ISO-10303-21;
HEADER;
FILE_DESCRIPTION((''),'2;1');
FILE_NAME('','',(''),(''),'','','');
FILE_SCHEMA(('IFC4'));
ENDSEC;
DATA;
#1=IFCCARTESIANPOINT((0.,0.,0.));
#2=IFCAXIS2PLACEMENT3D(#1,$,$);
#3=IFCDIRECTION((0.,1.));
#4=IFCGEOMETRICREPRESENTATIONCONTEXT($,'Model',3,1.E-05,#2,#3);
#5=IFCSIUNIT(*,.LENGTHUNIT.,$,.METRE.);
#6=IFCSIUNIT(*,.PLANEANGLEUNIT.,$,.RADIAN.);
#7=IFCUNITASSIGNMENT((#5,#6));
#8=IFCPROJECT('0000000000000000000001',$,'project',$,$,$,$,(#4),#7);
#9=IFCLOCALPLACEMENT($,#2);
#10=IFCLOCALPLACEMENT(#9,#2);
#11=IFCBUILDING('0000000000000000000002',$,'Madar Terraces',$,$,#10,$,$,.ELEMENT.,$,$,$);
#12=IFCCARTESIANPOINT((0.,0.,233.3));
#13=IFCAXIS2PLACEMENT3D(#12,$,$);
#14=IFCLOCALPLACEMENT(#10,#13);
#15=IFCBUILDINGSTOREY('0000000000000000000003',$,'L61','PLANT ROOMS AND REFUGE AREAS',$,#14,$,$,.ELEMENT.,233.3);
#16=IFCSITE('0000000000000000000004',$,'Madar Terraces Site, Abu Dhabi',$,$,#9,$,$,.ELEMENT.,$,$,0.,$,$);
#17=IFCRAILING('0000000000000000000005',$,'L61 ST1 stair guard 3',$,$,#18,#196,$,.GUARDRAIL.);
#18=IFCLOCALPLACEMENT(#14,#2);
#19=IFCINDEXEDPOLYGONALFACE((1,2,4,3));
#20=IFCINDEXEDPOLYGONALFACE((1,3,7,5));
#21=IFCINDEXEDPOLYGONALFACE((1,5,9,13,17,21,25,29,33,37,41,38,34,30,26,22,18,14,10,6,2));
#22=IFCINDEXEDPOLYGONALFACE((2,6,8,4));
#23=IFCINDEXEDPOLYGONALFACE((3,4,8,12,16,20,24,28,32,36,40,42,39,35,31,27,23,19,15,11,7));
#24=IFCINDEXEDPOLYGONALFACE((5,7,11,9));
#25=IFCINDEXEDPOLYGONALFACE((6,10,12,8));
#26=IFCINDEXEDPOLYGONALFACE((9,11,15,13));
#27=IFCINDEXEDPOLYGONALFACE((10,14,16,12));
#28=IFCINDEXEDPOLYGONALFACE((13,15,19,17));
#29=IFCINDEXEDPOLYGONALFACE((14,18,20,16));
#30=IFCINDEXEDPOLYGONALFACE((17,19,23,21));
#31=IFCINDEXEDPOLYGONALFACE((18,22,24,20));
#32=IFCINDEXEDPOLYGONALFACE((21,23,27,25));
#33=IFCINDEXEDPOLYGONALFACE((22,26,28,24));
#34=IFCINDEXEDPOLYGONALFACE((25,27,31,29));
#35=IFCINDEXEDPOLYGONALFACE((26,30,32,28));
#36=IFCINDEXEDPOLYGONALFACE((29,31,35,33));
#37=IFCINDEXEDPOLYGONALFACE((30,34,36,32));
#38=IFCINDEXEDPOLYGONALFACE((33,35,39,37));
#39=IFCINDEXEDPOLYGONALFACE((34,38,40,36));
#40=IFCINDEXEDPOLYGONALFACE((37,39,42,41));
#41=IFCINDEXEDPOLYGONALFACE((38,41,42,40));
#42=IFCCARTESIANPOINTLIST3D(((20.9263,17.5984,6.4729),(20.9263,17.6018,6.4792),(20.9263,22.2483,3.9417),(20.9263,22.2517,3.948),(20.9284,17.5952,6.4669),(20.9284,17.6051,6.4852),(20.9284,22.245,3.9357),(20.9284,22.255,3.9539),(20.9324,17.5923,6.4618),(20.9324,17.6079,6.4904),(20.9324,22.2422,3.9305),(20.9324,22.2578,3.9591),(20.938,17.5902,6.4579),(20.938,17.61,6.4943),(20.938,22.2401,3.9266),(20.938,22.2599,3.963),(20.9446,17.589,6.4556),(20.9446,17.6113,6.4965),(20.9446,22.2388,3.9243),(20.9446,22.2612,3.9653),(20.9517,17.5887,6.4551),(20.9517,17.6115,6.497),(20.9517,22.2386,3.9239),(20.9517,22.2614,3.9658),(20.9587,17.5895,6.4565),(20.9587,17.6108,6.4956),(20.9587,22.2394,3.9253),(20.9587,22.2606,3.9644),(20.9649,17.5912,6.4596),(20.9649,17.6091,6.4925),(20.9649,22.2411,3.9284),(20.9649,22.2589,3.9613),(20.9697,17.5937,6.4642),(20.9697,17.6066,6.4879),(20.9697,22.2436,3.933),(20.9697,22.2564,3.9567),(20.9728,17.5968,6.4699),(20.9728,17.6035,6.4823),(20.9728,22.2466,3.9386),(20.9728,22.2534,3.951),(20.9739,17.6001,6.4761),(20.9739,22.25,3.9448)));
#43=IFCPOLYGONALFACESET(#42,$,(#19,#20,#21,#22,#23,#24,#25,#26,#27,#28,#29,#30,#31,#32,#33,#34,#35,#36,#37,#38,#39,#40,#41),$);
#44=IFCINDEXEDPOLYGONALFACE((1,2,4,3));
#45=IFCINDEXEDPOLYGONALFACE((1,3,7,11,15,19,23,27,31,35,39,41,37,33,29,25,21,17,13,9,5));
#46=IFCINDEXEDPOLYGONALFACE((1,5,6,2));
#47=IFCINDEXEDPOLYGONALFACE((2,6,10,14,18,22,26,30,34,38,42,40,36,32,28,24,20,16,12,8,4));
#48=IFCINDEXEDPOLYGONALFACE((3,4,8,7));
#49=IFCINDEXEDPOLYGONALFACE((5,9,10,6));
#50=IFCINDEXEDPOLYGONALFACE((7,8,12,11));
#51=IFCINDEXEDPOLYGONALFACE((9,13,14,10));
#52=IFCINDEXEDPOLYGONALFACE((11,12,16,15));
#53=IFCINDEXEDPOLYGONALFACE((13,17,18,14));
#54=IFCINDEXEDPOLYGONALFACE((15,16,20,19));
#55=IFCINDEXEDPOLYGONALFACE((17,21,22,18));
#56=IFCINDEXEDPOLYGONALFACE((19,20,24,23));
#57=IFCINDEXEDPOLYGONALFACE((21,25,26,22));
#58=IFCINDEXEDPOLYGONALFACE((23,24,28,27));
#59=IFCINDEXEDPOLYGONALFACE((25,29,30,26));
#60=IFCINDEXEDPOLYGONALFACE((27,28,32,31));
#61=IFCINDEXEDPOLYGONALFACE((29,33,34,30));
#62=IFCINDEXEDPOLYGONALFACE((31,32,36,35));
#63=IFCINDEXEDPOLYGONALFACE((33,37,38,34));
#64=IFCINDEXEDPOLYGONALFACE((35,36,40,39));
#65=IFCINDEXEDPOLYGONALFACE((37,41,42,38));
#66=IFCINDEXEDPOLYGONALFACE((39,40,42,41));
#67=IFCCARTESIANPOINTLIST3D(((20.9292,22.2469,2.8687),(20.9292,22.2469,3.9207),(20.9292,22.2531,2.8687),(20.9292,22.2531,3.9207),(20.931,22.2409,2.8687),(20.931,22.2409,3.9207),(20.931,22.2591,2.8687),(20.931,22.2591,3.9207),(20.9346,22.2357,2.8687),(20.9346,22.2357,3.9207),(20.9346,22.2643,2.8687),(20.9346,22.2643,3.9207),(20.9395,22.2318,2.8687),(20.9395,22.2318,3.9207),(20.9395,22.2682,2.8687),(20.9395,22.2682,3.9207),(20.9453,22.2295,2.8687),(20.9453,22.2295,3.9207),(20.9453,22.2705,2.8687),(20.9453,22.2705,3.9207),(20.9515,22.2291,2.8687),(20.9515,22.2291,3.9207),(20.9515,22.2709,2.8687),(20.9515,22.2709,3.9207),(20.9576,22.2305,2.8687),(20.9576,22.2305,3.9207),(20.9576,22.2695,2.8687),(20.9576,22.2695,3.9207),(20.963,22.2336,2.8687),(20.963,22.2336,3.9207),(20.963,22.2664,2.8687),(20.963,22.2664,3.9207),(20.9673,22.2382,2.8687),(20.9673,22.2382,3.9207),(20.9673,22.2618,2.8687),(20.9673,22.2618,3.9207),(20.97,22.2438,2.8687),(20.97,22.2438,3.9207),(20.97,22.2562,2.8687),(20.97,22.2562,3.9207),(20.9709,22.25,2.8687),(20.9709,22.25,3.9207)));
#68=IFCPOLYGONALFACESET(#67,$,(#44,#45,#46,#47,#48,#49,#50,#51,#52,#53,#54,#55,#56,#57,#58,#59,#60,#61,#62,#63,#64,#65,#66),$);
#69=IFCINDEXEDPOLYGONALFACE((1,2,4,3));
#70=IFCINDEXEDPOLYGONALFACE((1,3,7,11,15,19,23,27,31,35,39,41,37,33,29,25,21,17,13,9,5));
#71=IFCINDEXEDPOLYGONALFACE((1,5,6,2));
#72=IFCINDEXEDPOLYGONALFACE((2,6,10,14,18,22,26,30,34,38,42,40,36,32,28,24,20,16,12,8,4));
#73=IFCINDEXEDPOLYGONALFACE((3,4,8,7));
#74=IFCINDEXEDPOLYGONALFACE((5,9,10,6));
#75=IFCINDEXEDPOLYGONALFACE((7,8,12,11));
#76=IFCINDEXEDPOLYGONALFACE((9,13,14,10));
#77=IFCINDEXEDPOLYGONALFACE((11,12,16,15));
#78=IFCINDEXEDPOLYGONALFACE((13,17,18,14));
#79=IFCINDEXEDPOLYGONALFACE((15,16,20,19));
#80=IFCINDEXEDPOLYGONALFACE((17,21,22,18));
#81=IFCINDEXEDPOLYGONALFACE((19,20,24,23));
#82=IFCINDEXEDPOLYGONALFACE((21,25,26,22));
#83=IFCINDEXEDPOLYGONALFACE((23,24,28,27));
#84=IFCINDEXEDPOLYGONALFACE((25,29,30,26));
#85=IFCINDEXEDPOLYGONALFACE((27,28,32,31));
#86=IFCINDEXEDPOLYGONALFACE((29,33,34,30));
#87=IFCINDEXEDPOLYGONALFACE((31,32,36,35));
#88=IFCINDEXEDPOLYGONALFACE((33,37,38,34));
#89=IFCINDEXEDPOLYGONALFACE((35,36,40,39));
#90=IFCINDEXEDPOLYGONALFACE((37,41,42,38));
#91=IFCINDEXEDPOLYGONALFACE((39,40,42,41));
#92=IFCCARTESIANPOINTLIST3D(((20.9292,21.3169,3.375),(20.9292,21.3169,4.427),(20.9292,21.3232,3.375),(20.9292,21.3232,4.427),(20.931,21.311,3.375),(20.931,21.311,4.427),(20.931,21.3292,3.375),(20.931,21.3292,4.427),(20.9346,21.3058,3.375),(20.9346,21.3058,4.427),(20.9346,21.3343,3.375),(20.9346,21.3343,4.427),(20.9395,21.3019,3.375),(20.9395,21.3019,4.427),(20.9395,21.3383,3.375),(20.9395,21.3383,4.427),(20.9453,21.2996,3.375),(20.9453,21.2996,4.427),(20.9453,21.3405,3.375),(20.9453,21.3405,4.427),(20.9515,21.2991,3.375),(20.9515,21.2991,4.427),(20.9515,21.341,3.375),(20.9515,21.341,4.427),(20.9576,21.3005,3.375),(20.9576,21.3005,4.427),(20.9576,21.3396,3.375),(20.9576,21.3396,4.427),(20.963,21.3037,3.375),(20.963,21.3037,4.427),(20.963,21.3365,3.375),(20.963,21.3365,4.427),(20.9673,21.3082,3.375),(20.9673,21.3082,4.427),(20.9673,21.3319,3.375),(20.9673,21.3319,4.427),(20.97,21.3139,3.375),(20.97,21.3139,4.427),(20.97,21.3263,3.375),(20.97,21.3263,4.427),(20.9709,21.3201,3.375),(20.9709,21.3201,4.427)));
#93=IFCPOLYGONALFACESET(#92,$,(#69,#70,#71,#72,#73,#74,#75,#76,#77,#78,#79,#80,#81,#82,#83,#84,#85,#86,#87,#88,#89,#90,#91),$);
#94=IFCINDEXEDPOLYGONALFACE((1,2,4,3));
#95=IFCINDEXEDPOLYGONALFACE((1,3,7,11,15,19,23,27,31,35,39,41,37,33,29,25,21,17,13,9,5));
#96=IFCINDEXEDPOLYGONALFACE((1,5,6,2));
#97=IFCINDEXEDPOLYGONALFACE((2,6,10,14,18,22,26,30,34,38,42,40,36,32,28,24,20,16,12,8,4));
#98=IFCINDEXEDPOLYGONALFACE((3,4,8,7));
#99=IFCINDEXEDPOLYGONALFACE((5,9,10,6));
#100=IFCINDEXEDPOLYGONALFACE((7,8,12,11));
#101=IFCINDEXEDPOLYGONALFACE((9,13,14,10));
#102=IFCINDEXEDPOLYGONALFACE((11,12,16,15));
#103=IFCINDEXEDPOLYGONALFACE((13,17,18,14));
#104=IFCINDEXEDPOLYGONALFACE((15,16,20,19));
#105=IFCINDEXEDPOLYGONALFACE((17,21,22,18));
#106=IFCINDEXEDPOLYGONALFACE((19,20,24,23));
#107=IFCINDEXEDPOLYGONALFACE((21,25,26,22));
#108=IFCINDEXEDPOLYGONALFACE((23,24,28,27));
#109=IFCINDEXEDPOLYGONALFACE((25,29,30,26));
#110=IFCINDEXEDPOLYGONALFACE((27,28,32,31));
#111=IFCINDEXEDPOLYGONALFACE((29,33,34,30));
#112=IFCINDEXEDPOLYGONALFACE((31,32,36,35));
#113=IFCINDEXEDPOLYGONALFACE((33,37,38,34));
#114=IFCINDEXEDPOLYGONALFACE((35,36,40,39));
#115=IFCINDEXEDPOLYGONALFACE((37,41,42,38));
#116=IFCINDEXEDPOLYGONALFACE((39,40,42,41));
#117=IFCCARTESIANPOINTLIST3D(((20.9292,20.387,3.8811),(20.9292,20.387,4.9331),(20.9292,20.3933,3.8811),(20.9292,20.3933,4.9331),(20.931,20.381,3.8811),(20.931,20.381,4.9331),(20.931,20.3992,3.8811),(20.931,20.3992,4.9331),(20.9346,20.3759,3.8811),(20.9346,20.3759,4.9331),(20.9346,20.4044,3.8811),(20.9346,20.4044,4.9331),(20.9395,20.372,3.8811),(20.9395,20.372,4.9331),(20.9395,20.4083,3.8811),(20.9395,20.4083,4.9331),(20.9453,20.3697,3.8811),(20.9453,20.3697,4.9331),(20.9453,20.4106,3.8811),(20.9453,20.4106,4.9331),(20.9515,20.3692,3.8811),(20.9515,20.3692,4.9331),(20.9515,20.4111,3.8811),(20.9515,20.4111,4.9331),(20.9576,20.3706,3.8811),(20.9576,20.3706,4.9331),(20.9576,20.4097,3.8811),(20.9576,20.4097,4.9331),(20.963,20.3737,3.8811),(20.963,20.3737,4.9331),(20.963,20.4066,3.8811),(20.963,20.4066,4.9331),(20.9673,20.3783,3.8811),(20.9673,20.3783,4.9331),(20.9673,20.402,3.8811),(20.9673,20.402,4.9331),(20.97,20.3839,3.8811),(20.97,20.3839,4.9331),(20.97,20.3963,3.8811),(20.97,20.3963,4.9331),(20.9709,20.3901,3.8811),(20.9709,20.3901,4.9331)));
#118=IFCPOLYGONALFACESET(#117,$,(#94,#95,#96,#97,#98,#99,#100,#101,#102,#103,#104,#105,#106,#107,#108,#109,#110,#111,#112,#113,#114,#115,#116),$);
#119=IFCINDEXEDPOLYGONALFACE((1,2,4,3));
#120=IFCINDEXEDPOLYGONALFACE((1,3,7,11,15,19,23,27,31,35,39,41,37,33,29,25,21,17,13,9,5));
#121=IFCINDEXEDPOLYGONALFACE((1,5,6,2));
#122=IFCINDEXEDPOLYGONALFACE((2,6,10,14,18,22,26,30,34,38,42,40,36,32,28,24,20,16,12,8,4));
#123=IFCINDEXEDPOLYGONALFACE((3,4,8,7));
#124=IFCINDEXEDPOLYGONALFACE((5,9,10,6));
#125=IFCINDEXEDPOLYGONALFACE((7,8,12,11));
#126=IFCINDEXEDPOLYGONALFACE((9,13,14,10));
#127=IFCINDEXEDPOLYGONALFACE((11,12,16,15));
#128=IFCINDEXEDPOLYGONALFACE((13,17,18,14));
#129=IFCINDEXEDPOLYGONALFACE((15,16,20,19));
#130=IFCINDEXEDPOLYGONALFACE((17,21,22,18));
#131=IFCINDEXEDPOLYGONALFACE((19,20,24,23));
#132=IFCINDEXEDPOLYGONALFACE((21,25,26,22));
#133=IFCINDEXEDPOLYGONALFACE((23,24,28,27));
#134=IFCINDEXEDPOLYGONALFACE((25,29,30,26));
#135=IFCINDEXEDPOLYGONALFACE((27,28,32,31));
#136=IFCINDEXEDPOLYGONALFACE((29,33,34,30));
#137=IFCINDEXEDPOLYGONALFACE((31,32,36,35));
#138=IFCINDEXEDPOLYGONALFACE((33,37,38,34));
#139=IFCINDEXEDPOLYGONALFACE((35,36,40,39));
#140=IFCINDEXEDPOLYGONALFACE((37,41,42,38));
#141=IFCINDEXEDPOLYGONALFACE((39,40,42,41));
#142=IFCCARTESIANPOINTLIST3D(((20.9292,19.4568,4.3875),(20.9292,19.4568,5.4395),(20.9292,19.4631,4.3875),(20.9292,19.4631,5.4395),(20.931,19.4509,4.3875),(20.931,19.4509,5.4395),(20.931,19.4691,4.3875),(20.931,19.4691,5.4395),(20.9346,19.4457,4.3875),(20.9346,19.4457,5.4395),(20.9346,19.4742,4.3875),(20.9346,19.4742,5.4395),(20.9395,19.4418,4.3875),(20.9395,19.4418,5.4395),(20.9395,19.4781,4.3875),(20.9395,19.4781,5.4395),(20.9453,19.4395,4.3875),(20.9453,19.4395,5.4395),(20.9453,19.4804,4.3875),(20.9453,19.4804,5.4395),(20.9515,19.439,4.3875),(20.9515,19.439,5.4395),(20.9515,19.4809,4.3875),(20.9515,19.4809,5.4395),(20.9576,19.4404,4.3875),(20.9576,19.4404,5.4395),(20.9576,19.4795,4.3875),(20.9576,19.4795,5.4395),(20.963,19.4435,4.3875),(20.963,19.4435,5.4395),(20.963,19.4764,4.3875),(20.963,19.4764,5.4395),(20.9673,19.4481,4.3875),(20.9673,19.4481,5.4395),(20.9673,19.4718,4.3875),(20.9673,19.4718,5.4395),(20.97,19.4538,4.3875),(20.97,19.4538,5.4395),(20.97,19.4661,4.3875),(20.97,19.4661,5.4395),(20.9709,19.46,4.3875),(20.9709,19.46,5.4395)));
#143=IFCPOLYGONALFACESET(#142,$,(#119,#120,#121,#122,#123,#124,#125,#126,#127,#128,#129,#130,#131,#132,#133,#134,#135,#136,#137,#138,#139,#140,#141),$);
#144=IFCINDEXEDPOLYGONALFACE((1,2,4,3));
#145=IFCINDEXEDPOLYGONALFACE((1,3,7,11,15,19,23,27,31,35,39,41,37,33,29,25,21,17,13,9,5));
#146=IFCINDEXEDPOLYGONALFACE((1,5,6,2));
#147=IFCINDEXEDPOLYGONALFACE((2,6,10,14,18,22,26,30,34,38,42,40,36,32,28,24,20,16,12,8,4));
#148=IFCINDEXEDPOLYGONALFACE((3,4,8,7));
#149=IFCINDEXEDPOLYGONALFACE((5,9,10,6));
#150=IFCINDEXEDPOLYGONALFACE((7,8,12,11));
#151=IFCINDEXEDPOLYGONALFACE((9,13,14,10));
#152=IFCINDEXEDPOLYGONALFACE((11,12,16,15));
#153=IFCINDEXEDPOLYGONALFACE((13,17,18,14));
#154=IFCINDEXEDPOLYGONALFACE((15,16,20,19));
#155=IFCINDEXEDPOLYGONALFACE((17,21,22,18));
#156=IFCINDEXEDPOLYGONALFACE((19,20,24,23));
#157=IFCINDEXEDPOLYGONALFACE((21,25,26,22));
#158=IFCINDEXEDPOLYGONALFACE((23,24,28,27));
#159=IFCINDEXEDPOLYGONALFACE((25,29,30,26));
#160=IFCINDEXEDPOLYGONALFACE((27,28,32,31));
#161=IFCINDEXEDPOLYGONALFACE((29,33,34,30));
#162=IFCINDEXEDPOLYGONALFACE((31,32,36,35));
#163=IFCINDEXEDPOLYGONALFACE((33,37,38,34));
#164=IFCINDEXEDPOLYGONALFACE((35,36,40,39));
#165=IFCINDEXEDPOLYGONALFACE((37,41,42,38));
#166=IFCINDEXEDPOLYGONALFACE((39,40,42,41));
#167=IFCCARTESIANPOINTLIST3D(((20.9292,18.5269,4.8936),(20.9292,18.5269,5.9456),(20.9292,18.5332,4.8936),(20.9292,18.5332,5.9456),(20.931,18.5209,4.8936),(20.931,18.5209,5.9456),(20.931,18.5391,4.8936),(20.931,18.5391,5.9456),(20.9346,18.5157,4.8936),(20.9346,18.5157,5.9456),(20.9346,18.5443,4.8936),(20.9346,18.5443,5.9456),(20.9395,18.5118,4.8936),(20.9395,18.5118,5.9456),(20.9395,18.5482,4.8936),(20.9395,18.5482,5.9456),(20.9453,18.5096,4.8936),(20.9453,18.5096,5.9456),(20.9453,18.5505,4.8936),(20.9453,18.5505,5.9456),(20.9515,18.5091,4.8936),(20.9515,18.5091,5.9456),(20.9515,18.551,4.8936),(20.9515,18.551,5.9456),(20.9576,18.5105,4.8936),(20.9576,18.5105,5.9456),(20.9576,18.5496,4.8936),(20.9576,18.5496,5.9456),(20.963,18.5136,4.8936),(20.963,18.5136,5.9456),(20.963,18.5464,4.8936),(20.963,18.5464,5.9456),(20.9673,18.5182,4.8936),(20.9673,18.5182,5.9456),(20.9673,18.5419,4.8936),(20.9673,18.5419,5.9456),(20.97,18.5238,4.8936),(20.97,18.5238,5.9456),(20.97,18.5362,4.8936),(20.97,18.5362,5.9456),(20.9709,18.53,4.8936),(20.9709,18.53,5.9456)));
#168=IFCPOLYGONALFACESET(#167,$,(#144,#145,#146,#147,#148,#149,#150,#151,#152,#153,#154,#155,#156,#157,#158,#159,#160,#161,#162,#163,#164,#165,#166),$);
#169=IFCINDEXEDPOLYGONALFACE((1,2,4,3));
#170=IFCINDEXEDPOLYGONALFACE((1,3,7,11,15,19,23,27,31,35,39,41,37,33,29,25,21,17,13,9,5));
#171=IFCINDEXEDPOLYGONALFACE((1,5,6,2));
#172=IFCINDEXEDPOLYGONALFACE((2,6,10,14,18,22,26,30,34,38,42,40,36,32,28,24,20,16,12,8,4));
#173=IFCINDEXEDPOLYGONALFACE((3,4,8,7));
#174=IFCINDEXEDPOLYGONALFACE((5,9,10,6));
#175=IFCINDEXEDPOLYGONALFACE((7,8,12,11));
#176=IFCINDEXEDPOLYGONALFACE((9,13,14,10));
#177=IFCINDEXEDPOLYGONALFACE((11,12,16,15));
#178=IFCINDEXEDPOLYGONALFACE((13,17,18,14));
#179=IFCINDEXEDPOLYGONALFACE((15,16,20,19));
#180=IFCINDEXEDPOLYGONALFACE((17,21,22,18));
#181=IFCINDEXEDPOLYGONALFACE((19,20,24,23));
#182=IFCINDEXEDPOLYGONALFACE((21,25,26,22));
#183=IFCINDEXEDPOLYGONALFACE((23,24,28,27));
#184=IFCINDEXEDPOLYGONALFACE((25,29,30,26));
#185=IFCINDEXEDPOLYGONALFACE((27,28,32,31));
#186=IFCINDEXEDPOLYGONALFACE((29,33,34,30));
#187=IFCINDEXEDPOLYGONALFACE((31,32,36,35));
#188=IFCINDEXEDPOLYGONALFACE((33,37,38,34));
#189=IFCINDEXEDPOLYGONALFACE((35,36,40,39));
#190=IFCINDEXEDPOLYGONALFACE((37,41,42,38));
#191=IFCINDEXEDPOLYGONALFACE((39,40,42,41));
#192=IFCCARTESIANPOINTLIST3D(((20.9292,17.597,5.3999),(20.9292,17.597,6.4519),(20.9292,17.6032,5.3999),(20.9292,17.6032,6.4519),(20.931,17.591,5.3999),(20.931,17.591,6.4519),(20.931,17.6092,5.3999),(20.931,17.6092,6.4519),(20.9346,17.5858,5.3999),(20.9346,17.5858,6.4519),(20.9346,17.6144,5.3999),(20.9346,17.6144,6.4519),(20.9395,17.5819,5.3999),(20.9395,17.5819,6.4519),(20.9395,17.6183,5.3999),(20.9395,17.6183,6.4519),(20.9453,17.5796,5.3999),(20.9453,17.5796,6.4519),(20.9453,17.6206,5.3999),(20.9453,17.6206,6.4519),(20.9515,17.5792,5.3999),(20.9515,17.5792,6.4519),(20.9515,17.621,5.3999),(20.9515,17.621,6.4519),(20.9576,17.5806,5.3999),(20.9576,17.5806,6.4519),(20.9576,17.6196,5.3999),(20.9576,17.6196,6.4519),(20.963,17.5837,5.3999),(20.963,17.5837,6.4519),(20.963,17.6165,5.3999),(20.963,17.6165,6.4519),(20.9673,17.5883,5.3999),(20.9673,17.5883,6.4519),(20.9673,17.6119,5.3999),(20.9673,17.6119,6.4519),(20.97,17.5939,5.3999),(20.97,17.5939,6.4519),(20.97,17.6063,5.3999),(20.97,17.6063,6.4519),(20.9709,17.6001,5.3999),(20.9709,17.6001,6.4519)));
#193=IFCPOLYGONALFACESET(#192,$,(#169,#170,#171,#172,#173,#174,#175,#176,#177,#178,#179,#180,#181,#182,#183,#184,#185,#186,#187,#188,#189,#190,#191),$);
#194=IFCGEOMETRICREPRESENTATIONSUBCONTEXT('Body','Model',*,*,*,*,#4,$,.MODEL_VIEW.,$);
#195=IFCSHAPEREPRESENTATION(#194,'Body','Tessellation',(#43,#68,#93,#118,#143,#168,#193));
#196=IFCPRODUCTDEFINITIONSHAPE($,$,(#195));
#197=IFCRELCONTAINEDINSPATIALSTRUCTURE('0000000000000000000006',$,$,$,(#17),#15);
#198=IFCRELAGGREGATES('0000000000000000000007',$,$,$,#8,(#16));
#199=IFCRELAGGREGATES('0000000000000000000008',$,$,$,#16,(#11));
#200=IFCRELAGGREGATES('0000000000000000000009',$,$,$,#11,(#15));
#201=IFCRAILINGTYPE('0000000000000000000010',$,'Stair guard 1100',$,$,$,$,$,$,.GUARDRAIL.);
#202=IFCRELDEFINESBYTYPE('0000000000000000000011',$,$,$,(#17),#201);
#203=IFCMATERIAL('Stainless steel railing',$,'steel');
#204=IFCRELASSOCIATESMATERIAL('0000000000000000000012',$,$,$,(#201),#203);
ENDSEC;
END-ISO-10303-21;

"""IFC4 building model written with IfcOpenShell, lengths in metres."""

from ifc_helpers import new_model, si_unit, direction, frame, origin, origin_2d, place, context, subcontext, project, spatial, circle, extrude, material, type_object, element, save


model = new_model("IFC4")

# Units and contexts
model_context = context("Model", 3, precision=1e-05, world=origin(), true_north=direction((0.0, 1.0)))
body_context = subcontext(model_context, "Body", "Model", "MODEL_VIEW")
ifc_project = project(units=[si_unit("LENGTHUNIT", "METRE"), si_unit("PLANEANGLEUNIT", "RADIAN")], contexts=[model_context])

# Site, building, storey
site_placement = place(None, origin())
site = spatial("IfcSite", under=ifc_project, at=site_placement, Name="Madar Terraces Site, Abu Dhabi", CompositionType="ELEMENT", RefElevation=0.0)
building_placement = place(site_placement, origin())
building = spatial("IfcBuilding", under=site, at=building_placement, Name="Madar Terraces", CompositionType="ELEMENT")
storey_placement = place(building_placement, frame((0.0, 0.0, 233.3)))
storey = spatial("IfcBuildingStorey", under=building, at=storey_placement, Name="L61", Description="PLANT ROOMS AND REFUGE AREAS", CompositionType="ELEMENT", Elevation=233.3)

# Railing
ifc_material_1 = material(Name="Stainless steel railing", Category="steel")
railing_type_1 = type_object("IfcRailingType", Name="Stair guard 1100", PredefinedType="GUARDRAIL", material=ifc_material_1)
railing_1_placement = place(storey_placement, frame((20.95, 22.25, 2.8687)))
element("IfcRailing", 1, at=railing_1_placement, inside=storey, type_object=railing_type_1, Name="L61 ST1 stair guard 3", PredefinedType="GUARDRAIL", context=body_context, shape_type="SweptSolid", body=[
    extrude(circle(Radius=0.0239, at=origin_2d()), frame((0.0, 0.0, 1.0762), z_axis=(0.0, -0.878297, 0.478115), x_axis=(1.0, 0.0, 0.0)), (0.0, 0.0, 1.0), 5.2942),
    extrude(circle(Radius=0.021, at=origin_2d()), origin(), (0.0, 0.0, 1.0), 1.052),
    extrude(circle(Radius=0.021, at=origin_2d()), frame((0.0, -0.9299, 0.5063)), (0.0, 0.0, 1.0), 1.052),
    extrude(circle(Radius=0.021, at=origin_2d()), frame((0.0, -1.8599, 1.0125)), (0.0, 0.0, 1.0), 1.052),
    extrude(circle(Radius=0.021, at=origin_2d()), frame((0.0, -2.79, 1.5188)), (0.0, 0.0, 1.0), 1.052),
    extrude(circle(Radius=0.021, at=origin_2d()), frame((0.0, -3.72, 2.0249)), (0.0, 0.0, 1.0), 1.052),
    extrude(circle(Radius=0.021, at=origin_2d()), frame((0.0, -4.6499, 2.5312)), (0.0, 0.0, 1.0), 1.052),
])

save(model, "model.ifc")
